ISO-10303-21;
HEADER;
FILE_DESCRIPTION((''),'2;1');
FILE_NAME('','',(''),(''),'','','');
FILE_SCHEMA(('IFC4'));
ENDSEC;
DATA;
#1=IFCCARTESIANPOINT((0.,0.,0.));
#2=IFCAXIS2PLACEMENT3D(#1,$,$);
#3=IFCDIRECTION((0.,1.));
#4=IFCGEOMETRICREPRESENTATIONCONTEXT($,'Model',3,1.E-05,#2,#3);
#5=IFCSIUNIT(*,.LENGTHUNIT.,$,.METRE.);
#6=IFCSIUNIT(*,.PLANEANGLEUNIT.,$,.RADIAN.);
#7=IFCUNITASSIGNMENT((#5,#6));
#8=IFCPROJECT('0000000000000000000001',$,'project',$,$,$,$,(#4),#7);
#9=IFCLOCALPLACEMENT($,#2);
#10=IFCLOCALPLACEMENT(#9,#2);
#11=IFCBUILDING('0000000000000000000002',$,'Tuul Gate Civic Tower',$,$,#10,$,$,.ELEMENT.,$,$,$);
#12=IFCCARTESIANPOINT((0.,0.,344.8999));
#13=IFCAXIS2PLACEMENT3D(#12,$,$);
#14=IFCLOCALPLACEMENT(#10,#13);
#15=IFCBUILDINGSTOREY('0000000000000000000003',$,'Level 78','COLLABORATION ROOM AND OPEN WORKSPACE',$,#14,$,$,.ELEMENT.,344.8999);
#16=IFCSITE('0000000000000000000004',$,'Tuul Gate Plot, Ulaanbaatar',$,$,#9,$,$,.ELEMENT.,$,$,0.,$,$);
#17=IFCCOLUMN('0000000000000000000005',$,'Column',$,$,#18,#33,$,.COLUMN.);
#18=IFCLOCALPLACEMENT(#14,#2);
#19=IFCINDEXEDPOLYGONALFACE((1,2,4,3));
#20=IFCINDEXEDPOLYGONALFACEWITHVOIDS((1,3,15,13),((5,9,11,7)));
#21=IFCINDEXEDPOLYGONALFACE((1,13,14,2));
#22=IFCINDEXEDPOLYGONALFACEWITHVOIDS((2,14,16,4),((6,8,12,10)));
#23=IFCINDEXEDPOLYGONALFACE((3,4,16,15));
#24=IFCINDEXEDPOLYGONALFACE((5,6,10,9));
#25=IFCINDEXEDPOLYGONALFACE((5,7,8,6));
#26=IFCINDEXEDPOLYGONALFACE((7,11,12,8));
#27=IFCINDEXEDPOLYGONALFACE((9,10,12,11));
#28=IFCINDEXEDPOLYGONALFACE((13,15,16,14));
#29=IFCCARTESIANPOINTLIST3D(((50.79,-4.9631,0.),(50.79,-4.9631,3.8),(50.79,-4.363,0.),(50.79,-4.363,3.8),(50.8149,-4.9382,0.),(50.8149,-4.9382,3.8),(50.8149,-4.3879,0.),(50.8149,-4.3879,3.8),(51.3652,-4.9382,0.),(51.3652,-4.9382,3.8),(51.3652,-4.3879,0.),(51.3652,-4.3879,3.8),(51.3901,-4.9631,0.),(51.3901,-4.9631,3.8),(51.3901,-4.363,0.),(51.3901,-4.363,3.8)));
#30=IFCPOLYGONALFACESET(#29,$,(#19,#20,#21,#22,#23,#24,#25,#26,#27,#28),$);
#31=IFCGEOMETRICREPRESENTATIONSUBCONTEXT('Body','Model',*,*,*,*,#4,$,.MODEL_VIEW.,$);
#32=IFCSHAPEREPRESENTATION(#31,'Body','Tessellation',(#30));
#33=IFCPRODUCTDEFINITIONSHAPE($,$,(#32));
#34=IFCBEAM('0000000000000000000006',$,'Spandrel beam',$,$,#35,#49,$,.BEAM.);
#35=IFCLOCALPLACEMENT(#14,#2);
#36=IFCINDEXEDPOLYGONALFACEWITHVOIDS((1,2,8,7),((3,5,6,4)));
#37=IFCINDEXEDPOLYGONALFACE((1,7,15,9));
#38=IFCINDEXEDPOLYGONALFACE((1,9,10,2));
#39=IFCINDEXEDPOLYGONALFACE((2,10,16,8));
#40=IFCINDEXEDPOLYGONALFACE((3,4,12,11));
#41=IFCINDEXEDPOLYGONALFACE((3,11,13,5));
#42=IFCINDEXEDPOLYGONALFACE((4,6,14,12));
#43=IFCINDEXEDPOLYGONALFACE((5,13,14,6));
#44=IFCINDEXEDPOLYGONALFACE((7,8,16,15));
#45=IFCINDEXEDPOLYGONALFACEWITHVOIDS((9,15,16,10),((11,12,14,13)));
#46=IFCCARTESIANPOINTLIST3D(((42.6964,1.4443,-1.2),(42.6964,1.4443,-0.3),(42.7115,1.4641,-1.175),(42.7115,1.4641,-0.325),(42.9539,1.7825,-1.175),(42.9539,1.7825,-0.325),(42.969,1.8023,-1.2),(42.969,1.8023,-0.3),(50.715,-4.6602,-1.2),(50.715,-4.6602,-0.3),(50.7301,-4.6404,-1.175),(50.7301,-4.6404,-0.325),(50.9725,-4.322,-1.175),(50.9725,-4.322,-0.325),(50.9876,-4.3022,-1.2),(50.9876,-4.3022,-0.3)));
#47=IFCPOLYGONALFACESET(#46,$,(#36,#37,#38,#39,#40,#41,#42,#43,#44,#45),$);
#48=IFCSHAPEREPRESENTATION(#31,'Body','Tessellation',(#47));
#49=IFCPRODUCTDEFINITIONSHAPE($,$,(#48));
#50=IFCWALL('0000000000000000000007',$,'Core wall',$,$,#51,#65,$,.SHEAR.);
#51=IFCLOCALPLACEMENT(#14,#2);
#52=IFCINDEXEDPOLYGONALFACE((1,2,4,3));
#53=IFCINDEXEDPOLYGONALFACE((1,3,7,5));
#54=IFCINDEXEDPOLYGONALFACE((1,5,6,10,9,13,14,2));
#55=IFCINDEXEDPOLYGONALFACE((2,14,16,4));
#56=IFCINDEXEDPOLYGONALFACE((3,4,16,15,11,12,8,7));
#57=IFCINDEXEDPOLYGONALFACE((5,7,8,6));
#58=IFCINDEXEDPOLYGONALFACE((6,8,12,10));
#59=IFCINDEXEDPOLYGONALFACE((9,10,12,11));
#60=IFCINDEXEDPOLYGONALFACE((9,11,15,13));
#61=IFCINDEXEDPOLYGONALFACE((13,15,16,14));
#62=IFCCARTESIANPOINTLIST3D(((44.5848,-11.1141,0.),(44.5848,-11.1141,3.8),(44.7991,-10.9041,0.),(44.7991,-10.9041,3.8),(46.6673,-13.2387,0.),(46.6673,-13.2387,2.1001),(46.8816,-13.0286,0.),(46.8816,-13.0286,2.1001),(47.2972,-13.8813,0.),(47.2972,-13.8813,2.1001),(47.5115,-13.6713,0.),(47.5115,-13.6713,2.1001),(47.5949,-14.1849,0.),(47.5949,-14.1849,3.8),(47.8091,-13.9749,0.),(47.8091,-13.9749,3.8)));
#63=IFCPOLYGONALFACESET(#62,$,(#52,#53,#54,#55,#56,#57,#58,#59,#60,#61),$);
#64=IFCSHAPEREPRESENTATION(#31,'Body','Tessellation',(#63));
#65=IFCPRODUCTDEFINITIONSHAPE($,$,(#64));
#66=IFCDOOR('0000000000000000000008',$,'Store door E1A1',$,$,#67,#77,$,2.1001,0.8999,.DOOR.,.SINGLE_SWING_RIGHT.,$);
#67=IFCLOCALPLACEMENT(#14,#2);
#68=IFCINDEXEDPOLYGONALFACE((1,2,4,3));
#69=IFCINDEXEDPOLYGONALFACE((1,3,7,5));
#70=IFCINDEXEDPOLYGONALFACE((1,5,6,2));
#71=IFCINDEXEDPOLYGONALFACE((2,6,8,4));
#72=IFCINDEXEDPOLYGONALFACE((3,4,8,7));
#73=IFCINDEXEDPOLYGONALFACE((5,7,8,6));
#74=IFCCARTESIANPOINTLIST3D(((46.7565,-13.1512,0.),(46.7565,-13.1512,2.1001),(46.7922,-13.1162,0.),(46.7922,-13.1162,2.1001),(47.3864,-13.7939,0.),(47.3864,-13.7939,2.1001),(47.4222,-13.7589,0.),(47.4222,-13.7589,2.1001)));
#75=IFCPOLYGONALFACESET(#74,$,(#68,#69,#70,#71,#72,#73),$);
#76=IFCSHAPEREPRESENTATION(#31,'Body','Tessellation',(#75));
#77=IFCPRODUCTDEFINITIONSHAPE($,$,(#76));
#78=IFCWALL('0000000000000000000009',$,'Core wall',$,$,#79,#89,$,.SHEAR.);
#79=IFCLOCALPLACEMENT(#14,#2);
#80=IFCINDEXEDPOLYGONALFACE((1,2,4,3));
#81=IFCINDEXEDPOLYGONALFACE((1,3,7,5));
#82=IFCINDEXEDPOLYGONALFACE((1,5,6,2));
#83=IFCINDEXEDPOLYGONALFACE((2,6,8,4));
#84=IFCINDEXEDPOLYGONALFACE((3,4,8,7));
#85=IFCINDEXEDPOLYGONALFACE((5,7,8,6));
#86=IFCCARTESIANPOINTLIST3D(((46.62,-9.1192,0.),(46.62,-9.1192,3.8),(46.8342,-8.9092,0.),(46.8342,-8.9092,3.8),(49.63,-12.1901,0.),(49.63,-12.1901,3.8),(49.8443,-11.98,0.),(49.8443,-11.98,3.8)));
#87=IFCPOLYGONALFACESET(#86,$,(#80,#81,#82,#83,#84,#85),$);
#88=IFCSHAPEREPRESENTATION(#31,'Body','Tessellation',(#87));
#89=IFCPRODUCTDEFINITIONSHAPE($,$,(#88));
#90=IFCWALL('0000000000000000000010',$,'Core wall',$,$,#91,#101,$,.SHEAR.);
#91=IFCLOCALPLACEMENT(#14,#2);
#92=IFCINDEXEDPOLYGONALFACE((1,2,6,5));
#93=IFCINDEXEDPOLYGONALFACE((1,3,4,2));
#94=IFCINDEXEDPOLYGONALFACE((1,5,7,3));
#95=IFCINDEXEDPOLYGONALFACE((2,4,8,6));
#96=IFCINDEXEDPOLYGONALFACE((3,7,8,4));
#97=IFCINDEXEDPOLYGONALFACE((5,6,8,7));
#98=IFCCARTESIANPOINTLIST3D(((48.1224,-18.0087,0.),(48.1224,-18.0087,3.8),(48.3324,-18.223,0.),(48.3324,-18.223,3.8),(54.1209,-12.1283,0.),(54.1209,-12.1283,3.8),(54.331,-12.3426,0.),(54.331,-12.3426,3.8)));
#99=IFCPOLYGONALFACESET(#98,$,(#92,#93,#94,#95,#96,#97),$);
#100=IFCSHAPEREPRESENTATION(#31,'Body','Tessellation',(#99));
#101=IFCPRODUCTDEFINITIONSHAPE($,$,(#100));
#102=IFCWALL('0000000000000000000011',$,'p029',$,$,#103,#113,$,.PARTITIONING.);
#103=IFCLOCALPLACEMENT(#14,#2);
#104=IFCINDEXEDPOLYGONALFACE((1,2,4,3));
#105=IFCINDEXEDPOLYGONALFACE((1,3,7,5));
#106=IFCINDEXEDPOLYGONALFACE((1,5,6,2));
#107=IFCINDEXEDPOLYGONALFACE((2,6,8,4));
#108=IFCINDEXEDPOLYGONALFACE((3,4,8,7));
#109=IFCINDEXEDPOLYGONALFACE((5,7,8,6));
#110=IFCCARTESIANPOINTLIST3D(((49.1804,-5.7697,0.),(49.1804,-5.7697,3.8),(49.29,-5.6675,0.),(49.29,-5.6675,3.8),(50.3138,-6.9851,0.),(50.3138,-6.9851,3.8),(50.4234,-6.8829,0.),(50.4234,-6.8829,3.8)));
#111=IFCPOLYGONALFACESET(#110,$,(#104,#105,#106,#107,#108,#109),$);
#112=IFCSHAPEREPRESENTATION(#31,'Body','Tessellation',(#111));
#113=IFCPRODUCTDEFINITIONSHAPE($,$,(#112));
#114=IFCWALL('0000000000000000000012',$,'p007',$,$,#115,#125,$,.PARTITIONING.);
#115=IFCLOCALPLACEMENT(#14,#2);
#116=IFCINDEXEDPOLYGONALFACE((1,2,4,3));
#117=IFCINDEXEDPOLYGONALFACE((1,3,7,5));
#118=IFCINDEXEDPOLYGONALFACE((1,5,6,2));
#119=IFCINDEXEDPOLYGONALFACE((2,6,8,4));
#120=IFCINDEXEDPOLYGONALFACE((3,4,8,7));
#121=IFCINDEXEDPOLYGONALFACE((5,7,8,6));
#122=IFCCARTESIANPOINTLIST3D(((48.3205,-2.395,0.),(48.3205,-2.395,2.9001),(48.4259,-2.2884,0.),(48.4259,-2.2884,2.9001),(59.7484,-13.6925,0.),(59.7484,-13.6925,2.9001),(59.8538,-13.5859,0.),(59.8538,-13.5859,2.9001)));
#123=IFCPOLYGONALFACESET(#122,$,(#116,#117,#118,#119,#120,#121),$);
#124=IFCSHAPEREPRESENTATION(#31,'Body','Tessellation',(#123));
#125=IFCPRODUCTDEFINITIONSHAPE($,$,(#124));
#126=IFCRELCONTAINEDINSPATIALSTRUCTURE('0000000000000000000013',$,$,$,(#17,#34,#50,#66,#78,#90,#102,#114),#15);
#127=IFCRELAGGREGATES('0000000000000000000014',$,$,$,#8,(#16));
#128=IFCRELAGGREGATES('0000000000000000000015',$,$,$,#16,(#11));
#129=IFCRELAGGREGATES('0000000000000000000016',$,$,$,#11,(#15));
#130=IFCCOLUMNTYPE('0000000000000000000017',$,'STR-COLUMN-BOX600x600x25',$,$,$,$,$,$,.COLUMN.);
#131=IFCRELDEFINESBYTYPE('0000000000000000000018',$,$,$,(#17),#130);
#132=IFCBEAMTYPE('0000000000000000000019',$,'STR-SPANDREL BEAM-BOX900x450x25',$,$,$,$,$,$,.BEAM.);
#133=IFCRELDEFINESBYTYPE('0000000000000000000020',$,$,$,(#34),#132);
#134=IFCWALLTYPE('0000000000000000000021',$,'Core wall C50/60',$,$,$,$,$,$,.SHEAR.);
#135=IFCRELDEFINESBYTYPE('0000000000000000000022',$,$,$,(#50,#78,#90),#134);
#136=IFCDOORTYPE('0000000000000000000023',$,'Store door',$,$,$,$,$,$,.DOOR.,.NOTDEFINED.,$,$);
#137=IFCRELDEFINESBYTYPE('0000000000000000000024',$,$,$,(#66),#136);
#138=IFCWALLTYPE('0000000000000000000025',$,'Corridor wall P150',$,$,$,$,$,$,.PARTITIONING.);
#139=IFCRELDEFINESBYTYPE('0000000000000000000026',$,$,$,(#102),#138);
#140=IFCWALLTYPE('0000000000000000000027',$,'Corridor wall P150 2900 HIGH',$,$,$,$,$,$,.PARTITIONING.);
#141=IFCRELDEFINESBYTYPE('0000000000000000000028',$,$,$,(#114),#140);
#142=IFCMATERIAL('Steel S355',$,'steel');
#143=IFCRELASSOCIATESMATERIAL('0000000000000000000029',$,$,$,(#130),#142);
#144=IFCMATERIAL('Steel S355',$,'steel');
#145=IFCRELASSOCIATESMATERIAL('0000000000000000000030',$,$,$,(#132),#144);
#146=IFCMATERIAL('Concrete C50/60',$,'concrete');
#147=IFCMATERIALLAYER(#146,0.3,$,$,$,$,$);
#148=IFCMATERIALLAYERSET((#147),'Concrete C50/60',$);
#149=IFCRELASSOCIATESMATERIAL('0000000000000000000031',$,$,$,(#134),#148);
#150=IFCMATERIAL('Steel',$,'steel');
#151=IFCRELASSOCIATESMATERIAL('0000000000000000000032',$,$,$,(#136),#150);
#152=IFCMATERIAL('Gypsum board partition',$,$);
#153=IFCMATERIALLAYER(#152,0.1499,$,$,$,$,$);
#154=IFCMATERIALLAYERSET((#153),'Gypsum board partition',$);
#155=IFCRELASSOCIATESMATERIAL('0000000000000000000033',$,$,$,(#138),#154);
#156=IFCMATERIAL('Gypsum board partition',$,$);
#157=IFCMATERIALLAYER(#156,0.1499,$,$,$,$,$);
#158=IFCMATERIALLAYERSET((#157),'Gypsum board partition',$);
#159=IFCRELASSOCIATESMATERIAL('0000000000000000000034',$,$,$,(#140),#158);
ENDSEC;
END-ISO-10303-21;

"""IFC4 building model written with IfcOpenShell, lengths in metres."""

from ifc_helpers import new_model, si_unit, direction, frame, frame_2d, origin, origin_2d, place, context, subcontext, project, spatial, rectangle, hollow_rectangle, extrude, material, layer, layer_set, material_profile, profile_set, type_object, element, fill, save


model = new_model("IFC4")

# Units and contexts
model_context = context("Model", 3, precision=1e-05, world=origin(), true_north=direction((0.0, 1.0)))
body_context = subcontext(model_context, "Body", "Model", "MODEL_VIEW")
ifc_project = project(units=[si_unit("LENGTHUNIT", "METRE"), si_unit("PLANEANGLEUNIT", "RADIAN")], contexts=[model_context])

# Site, building, storey
site_placement = place(None, origin())
site = spatial("IfcSite", under=ifc_project, at=site_placement, Name="Tuul Gate Plot, Ulaanbaatar", CompositionType="ELEMENT", RefElevation=0.0)
building_placement = place(site_placement, origin())
building = spatial("IfcBuilding", under=site, at=building_placement, Name="Tuul Gate Civic Tower", CompositionType="ELEMENT")
storey_placement = place(building_placement, frame((0.0, 0.0, 344.8999)))
storey = spatial("IfcBuildingStorey", under=building, at=storey_placement, Name="Level 78", Description="COLLABORATION ROOM AND OPEN WORKSPACE", CompositionType="ELEMENT", Elevation=344.8999)

# Column
ifc_material_1 = material(Name="Steel S355", Category="steel")
ifc_material_profile_1 = material_profile(ifc_material_1, hollow_rectangle(XDim=0.6001, YDim=0.6001, WallThickness=0.0249, at=origin_2d()), Name="BOX600x600x25")
ifc_profile_set_1 = profile_set([ifc_material_profile_1], Name="Steel S355")
column_type = type_object("IfcColumnType", Name="STR-COLUMN-BOX600x600x25", PredefinedType="COLUMN", material=ifc_profile_set_1)
column_placement = place(storey_placement, frame((51.0901, -4.6631, 0.0), z_axis=(0.0, 0.0, 1.0), x_axis=(1.0, 0.0, 0.0)))
element("IfcColumn", 1, at=column_placement, inside=storey, type_object=column_type, Name="Column", PredefinedType="COLUMN", context=body_context, shape_type="SweptSolid", body=[
    extrude(hollow_rectangle(XDim=0.6001, YDim=0.6001, WallThickness=0.0249, at=origin_2d()), origin(), (0.0, 0.0, 1.0), 3.8),
])

# Beam
ifc_material_2 = material(Name="Steel S355", Category="steel")
ifc_material_profile_2 = material_profile(ifc_material_2, hollow_rectangle(XDim=0.45, YDim=0.8999, WallThickness=0.0249, at=origin_2d()), Name="BOX900x450x25")
ifc_profile_set_2 = profile_set([ifc_material_profile_2], Name="Steel S355")
beam_type = type_object("IfcBeamType", Name="STR-SPANDREL BEAM-BOX900x450x25", PredefinedType="BEAM", material=ifc_profile_set_2)
beam_placement = place(storey_placement, frame((50.8513, -4.4812, -0.75), z_axis=(-0.795665, 0.605737, 0.0), x_axis=(-0.605737, -0.795665, 0.0)))
element("IfcBeam", 2, at=beam_placement, inside=storey, type_object=beam_type, Name="Spandrel beam", PredefinedType="BEAM", context=body_context, shape_type="SweptSolid", body=[
    extrude(hollow_rectangle(XDim=0.45, YDim=0.8999, WallThickness=0.0249, at=origin_2d()), origin(), (0.0, 0.0, 1.0), 10.0779),
])

# Wall, opening, door
ifc_material_3 = material(Name="Concrete C50/60", Category="concrete")
ifc_layer_1 = layer(ifc_material_3, 0.3)
ifc_layer_set_1 = layer_set([ifc_layer_1], Name="Concrete C50/60")
wall_type_1 = type_object("IfcWallType", Name="Core wall C50/60", PredefinedType="SHEAR", material=ifc_layer_set_1)
wall_1_placement = place(storey_placement, frame((47.7019, -14.0798, 0.0), z_axis=(0.0, 0.0, 1.0), x_axis=(-0.700003, 0.71414, 0.0)))
wall_1 = element("IfcWall", 3, at=wall_1_placement, inside=storey, type_object=wall_type_1, Name="Core wall", PredefinedType="SHEAR", context=body_context, shape_type="SweptSolid", body=[
    extrude(rectangle(XDim=4.3, YDim=0.3, at=frame_2d((2.1499, 0.0))), origin(), (0.0, 0.0, 1.0), 3.8),
])
opening_1_placement = place(wall_1_placement, frame((0.425, 0.0, 0.0)))
opening_1 = element("IfcOpeningElement", 4, at=opening_1_placement, cuts=wall_1, PredefinedType="OPENING", context=body_context, shape_type="SweptSolid", body=[
    extrude(rectangle(XDim=0.8999, YDim=2.1001, at=frame_2d((0.45, 1.05))), frame((0.0, 0.1602, 0.0), z_axis=(0.0, -1.0, 0.0), x_axis=(1.0, 0.0, 0.0)), (0.0, 0.0, 1.0), 0.3201),
])
ifc_material_4 = material(Name="Steel", Category="steel")
door_type = type_object("IfcDoorType", Name="Store door", OperationType="NOTDEFINED", PredefinedType="DOOR", material=ifc_material_4)
door_placement = place(opening_1_placement, frame((0.8999, 0.0, 0.0), z_axis=(0.0, 0.0, 1.0), x_axis=(-1.0, 0.0, 0.0)))
door = element("IfcDoor", 5, at=door_placement, inside=storey, type_object=door_type, Name="Store door E1A1", OperationType="SINGLE_SWING_RIGHT", OverallHeight=2.1001, OverallWidth=0.8999, PredefinedType="DOOR", context=body_context, shape_type="SweptSolid", body=[
    extrude(rectangle(XDim=0.8999, YDim=2.1001, at=frame_2d((0.45, 1.05))), frame((0.0, 0.0249, 0.0), z_axis=(0.0, -1.0, 0.0), x_axis=(1.0, 0.0, 0.0)), (0.0, 0.0, 1.0), 0.05),
])
fill(opening_1, door)

# Walls
wall_2_placement = place(storey_placement, frame((49.7371, -12.085, 0.0), z_axis=(0.0, 0.0, 1.0), x_axis=(-0.700003, 0.71414, 0.0)))
element("IfcWall", 6, at=wall_2_placement, inside=storey, type_object=wall_type_1, Name="Core wall", PredefinedType="SHEAR", context=body_context, shape_type="SweptSolid", body=[
    extrude(rectangle(XDim=4.3, YDim=0.3, at=frame_2d((2.1499, 0.0))), origin(), (0.0, 0.0, 1.0), 3.8),
])
wall_3_placement = place(storey_placement, frame((48.2273, -18.116, 0.0), z_axis=(0.0, 0.0, 1.0), x_axis=(0.714105, 0.700038, 0.0)))
element("IfcWall", 7, at=wall_3_placement, inside=storey, type_object=wall_type_1, Name="Core wall", PredefinedType="SHEAR", context=body_context, shape_type="SweptSolid", body=[
    extrude(rectangle(XDim=8.4001, YDim=0.3, at=frame_2d((4.2002, 0.0))), origin(), (0.0, 0.0, 1.0), 3.8),
])
ifc_material_5 = material(Name="Gypsum board partition")
ifc_layer_2 = layer(ifc_material_5, 0.1499)
ifc_layer_set_2 = layer_set([ifc_layer_2], Name="Gypsum board partition")
wall_type_2 = type_object("IfcWallType", Name="Corridor wall P150", PredefinedType="PARTITIONING", material=ifc_layer_set_2)
wall_4_placement = place(storey_placement, frame((49.2351, -5.7185, 0.0), z_axis=(0.0, 0.0, 1.0), x_axis=(0.681994, -0.731358, 0.0)))
element("IfcWall", 8, at=wall_4_placement, inside=storey, type_object=wall_type_2, Name="p029", PredefinedType="PARTITIONING", context=body_context, shape_type="SweptSolid", body=[
    extrude(rectangle(XDim=1.6619, YDim=0.1499, at=frame_2d((0.8311, 0.0))), origin(), (0.0, 0.0, 1.0), 3.8),
])
ifc_material_6 = material(Name="Gypsum board partition")
ifc_layer_3 = layer(ifc_material_6, 0.1499)
ifc_layer_set_3 = layer_set([ifc_layer_3], Name="Gypsum board partition")
wall_type_3 = type_object("IfcWallType", Name="Corridor wall P150 2900 HIGH", PredefinedType="PARTITIONING", material=ifc_layer_set_3)
wall_5_placement = place(storey_placement, frame((48.3733, -2.3418, 0.0), z_axis=(0.0, 0.0, 1.0), x_axis=(0.711152, -0.703039, 0.0)))
element("IfcWall", 9, at=wall_5_placement, inside=storey, type_object=wall_type_3, Name="p007", PredefinedType="PARTITIONING", context=body_context, shape_type="SweptSolid", body=[
    extrude(rectangle(XDim=16.0696, YDim=0.1499, at=frame_2d((8.0347, 0.0))), origin(), (0.0, 0.0, 1.0), 2.9001),
])

save(model, "model.ifc")
